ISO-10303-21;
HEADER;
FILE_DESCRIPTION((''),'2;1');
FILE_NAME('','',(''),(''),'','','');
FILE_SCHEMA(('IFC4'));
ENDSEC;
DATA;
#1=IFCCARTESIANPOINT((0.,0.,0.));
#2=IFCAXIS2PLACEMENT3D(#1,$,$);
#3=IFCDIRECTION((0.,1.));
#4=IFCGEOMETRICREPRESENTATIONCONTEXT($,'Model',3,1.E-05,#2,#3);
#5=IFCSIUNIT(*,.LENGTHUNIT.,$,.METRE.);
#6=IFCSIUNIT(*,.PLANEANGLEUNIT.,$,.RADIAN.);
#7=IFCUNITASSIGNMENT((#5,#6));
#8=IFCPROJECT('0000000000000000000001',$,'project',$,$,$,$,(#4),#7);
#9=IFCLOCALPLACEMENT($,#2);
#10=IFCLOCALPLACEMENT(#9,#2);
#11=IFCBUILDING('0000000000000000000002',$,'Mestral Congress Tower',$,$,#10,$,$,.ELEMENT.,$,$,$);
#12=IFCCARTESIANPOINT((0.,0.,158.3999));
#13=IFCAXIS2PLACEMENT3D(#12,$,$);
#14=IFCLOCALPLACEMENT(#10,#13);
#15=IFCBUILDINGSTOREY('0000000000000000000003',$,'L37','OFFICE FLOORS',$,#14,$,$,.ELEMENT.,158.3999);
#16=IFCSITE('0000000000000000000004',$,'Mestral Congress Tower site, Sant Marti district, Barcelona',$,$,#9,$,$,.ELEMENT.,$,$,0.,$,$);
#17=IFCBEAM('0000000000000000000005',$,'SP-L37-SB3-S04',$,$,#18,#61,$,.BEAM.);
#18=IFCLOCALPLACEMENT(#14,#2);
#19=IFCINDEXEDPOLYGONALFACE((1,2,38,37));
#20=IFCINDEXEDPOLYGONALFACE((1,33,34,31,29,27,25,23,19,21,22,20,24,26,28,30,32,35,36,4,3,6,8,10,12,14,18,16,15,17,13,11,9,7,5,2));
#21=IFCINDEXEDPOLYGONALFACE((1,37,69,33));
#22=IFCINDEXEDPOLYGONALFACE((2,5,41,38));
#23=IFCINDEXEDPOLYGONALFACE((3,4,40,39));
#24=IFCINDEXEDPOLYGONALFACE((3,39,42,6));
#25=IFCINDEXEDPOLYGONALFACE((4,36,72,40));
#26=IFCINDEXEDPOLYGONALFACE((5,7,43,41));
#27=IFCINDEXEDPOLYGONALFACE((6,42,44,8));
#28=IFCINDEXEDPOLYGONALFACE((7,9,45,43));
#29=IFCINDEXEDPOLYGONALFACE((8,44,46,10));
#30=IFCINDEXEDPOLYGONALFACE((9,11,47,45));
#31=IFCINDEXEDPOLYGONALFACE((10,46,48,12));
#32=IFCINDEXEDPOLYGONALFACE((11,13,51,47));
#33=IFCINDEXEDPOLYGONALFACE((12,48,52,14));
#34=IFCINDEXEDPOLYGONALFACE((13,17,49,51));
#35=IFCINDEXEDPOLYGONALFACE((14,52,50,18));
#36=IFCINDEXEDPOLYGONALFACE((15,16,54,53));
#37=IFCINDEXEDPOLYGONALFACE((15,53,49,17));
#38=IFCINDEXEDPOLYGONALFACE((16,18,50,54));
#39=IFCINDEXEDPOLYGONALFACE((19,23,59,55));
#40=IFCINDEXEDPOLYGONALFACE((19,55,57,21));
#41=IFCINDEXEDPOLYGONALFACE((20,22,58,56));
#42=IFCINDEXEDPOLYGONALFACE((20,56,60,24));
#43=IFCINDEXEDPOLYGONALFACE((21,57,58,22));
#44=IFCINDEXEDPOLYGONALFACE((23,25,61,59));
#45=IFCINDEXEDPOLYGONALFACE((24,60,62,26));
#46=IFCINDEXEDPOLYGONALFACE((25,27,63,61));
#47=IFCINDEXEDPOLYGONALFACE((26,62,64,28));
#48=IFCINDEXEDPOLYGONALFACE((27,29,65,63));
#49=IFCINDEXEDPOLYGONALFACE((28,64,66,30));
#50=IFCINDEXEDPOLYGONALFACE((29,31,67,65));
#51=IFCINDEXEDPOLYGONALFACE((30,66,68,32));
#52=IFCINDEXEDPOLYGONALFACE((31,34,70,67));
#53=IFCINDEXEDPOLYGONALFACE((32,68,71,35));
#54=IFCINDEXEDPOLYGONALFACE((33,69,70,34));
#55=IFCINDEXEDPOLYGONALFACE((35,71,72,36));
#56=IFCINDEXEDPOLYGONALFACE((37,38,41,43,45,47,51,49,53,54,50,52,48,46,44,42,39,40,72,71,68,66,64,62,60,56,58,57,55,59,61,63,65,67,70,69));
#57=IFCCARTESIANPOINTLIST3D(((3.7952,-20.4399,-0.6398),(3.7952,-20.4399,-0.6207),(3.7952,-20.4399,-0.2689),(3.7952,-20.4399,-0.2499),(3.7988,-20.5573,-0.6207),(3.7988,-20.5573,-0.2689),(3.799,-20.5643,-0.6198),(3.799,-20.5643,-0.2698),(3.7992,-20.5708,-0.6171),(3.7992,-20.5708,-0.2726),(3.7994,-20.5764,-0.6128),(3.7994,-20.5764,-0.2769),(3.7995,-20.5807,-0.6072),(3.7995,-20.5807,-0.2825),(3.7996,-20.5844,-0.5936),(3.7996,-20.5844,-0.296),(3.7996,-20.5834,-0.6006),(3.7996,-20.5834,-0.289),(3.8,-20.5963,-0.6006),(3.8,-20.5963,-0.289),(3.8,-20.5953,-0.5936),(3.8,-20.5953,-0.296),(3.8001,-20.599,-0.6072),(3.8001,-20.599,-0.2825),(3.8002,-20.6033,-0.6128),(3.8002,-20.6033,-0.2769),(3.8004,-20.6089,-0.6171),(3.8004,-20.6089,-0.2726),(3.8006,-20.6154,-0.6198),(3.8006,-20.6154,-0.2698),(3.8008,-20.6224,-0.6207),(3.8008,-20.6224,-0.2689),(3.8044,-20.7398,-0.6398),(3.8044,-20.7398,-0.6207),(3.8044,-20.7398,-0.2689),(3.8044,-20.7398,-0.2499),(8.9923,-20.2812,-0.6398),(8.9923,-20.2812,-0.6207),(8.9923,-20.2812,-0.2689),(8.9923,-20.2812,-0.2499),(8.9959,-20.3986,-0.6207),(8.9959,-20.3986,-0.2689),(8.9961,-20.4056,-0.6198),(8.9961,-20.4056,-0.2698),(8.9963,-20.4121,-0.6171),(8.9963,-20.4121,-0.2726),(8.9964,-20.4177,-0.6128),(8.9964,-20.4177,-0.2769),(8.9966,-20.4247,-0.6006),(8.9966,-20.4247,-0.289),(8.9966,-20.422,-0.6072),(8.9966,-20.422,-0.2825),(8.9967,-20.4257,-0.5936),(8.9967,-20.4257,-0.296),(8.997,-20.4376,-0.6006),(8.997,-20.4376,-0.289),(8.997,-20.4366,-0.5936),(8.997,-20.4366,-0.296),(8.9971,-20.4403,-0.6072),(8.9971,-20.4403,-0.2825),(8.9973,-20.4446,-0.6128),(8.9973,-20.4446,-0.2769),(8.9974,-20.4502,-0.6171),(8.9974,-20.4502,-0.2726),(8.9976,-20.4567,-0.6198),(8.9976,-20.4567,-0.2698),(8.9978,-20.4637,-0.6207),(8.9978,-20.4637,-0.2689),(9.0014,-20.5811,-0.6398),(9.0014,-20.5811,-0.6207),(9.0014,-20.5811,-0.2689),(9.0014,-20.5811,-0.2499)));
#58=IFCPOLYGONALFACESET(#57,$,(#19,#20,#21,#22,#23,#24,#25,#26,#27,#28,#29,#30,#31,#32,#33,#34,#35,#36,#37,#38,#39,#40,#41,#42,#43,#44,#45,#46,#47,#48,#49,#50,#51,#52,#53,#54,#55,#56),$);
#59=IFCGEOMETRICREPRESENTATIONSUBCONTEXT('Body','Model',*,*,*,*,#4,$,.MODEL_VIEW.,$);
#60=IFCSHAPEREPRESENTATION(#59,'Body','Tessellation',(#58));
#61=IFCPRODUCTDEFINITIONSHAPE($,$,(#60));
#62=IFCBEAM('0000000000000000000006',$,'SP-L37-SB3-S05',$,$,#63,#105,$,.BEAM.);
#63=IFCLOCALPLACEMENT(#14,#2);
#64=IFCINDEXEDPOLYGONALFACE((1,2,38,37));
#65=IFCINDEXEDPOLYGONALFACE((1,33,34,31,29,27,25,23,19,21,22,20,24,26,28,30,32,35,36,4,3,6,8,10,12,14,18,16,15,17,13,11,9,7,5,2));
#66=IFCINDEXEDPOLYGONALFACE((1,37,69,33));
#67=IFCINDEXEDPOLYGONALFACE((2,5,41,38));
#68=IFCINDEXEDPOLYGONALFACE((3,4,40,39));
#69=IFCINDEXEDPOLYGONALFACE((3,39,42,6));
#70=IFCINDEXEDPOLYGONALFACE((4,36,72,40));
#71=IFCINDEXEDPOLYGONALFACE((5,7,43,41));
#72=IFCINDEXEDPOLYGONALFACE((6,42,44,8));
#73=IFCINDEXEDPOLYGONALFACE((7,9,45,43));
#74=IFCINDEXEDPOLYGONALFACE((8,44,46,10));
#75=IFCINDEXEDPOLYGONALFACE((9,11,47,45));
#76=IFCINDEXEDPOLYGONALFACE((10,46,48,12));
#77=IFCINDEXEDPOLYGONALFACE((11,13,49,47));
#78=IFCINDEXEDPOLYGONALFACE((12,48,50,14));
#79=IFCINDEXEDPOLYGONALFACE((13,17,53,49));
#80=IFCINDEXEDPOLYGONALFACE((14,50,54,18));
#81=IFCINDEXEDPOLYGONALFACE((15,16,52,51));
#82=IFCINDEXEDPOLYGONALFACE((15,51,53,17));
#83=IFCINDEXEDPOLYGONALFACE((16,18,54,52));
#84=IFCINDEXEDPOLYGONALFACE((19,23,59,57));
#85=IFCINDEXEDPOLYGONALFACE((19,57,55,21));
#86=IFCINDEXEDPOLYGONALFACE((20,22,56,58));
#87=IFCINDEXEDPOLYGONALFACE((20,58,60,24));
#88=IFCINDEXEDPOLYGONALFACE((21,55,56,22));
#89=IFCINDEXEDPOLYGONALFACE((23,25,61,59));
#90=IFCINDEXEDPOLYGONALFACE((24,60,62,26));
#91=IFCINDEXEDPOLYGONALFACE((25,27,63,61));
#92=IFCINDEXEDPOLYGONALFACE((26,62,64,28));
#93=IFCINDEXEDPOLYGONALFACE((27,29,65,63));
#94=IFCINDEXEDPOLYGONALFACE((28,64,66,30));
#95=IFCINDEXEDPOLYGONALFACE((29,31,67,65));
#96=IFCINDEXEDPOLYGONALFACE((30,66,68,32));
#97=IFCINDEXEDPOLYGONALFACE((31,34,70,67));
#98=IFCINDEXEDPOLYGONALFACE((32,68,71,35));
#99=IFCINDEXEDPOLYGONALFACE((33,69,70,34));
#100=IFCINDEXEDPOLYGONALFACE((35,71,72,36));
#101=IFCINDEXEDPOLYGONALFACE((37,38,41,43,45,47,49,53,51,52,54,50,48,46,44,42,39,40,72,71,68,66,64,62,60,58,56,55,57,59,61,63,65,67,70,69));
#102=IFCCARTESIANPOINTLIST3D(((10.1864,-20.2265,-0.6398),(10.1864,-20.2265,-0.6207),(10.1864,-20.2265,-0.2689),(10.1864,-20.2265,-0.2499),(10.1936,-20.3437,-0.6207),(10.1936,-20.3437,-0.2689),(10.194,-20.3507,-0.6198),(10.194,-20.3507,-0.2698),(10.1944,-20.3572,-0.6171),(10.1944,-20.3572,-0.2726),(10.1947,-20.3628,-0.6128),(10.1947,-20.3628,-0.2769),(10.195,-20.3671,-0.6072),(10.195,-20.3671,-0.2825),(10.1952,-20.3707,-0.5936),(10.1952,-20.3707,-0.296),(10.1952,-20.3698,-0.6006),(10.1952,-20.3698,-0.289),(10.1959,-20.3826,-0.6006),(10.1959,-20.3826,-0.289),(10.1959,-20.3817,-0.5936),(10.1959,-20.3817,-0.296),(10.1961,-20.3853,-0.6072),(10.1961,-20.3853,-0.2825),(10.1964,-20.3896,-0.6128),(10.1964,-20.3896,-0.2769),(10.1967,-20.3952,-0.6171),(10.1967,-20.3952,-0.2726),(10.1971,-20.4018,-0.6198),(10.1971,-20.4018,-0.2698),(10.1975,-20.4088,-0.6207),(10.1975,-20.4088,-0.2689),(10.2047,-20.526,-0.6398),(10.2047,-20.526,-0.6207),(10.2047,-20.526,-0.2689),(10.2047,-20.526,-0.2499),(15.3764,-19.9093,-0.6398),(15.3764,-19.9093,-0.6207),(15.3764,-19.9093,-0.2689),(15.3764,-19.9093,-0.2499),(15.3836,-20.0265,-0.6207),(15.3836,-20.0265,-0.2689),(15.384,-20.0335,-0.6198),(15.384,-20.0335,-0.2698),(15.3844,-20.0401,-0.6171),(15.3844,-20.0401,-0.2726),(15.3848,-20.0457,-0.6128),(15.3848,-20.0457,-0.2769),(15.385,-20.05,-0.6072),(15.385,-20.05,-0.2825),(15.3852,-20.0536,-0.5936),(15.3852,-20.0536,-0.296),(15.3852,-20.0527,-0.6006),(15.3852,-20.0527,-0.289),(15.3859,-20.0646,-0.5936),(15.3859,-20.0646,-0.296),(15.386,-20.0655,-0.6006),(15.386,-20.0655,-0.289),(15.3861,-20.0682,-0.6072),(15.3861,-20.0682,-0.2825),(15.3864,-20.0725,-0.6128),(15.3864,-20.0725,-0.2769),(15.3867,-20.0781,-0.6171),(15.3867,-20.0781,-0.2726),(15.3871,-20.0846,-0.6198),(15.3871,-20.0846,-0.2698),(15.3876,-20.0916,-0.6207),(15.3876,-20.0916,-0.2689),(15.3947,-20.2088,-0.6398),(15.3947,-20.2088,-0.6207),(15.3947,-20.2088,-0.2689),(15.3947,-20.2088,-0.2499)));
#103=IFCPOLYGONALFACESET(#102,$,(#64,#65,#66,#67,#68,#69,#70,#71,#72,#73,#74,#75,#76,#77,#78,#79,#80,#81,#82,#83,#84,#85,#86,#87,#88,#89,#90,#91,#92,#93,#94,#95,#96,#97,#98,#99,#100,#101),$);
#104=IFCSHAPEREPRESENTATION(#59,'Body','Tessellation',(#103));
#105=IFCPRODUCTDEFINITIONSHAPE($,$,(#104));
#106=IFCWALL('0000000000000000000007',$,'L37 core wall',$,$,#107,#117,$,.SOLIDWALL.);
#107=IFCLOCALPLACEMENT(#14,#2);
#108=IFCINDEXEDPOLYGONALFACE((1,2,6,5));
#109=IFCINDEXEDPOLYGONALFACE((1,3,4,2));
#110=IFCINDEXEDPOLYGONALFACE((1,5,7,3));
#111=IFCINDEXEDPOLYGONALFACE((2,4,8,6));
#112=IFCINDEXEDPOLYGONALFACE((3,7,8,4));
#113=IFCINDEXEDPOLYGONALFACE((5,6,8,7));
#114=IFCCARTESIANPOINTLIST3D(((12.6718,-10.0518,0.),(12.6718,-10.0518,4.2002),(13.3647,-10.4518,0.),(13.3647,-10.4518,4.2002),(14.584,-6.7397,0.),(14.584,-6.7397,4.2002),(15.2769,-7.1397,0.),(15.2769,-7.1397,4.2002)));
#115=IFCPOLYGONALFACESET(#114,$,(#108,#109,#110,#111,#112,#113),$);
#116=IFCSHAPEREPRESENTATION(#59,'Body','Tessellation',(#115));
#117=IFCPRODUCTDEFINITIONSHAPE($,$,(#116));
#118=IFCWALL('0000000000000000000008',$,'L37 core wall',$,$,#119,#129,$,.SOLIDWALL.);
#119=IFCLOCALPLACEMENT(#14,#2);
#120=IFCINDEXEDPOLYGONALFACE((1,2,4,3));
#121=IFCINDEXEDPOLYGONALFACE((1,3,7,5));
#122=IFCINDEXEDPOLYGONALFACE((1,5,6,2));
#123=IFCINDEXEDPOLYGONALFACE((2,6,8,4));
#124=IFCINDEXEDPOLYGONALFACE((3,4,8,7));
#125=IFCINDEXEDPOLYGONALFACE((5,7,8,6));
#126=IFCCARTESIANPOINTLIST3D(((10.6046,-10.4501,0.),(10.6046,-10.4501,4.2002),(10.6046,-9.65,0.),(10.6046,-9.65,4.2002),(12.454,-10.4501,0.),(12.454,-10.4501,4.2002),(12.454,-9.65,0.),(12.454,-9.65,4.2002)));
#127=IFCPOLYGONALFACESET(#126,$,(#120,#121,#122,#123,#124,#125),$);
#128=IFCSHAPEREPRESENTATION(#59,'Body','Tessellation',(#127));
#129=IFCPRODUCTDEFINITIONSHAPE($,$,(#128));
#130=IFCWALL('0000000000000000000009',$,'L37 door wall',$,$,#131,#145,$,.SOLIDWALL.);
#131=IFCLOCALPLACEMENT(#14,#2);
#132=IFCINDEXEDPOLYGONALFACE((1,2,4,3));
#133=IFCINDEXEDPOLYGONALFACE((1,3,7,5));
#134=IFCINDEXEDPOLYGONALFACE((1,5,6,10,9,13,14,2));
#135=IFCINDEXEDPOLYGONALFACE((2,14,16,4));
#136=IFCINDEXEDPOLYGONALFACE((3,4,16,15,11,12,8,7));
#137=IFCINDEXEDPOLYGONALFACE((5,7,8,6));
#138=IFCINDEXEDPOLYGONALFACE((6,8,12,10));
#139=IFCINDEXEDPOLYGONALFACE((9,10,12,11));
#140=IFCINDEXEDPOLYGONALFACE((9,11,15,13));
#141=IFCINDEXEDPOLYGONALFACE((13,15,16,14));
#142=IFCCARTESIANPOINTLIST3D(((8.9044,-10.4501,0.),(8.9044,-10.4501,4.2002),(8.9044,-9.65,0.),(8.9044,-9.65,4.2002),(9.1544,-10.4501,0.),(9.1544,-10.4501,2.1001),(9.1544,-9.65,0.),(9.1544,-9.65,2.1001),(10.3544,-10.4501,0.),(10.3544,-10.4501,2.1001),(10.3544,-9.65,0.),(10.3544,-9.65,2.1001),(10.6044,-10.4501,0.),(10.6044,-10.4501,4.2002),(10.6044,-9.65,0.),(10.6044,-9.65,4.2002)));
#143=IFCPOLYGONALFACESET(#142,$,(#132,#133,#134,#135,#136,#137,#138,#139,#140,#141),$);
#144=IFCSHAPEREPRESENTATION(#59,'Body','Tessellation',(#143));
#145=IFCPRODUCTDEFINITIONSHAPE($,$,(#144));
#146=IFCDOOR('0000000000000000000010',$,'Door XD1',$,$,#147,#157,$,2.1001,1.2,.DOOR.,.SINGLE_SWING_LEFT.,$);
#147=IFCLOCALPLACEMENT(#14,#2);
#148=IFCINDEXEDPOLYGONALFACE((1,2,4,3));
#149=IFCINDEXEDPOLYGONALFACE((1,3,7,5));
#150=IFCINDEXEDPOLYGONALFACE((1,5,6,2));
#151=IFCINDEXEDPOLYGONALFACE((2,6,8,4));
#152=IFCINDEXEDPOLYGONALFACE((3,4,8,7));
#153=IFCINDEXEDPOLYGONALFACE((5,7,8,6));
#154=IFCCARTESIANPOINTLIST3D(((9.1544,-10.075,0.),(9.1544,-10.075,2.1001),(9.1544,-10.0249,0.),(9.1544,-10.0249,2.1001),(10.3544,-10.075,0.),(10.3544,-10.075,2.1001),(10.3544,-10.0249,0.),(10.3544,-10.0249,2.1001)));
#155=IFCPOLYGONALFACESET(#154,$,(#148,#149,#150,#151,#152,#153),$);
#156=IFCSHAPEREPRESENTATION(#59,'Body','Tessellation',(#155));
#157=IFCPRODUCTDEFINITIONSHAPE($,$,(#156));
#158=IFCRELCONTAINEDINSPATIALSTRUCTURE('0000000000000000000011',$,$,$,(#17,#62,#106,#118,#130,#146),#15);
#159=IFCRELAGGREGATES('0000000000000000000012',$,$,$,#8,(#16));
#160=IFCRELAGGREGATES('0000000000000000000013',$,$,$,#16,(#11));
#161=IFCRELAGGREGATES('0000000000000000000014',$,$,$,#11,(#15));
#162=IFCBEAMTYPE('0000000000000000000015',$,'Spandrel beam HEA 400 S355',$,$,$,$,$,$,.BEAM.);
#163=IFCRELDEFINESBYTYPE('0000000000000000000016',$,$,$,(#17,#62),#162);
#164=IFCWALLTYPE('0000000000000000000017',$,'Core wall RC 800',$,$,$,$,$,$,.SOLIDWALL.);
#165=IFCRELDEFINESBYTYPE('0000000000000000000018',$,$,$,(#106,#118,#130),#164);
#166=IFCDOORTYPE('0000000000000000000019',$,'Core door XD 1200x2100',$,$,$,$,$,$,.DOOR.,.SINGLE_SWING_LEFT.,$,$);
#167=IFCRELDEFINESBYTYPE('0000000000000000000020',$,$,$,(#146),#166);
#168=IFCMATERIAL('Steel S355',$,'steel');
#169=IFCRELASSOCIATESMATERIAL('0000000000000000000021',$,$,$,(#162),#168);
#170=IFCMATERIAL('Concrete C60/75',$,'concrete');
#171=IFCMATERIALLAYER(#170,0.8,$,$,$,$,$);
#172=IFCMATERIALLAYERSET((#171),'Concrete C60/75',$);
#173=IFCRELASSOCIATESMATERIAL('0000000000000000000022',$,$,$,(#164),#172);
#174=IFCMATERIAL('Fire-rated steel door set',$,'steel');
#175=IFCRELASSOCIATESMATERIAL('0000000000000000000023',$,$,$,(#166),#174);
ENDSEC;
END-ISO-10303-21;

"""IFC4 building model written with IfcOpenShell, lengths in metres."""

from ifc_helpers import new_model, si_unit, direction, frame, frame_2d, origin, origin_2d, place, context, subcontext, project, spatial, rectangle, i_section, extrude, material, layer, layer_set, material_profile, profile_set, type_object, element, fill, save


model = new_model("IFC4")

# Units and contexts
model_context = context("Model", 3, precision=1e-05, world=origin(), true_north=direction((0.0, 1.0)))
body_context = subcontext(model_context, "Body", "Model", "MODEL_VIEW")
ifc_project = project(units=[si_unit("LENGTHUNIT", "METRE"), si_unit("PLANEANGLEUNIT", "RADIAN")], contexts=[model_context])

# Site, building, storey
site_placement = place(None, origin())
site = spatial("IfcSite", under=ifc_project, at=site_placement, Name="Mestral Congress Tower site, Sant Marti district, Barcelona", CompositionType="ELEMENT", RefElevation=0.0)
building_placement = place(site_placement, origin())
building = spatial("IfcBuilding", under=site, at=building_placement, Name="Mestral Congress Tower", CompositionType="ELEMENT")
storey_placement = place(building_placement, frame((0.0, 0.0, 158.3999)))
storey = spatial("IfcBuildingStorey", under=building, at=storey_placement, Name="L37", Description="OFFICE FLOORS", CompositionType="ELEMENT", Elevation=158.3999)

# Shared definitions
ifc_material_1 = material(Name="Concrete C60/75", Category="concrete")

# Beams
ifc_material_2 = material(Name="Steel S355", Category="steel")
ifc_material_profile_1 = material_profile(ifc_material_2, i_section(OverallWidth=0.3, OverallDepth=0.3899, WebThickness=0.011, FlangeThickness=0.019, FilletRadius=0.0271, at=origin_2d()), Name="HEA 400")
ifc_profile_set_1 = profile_set([ifc_material_profile_1], Name="Steel S355")
beam_type_1 = type_object("IfcBeamType", Name="Spandrel beam HEA 400 S355", PredefinedType="BEAM", material=ifc_profile_set_1)
beam_1_placement = place(storey_placement, frame((3.7998, -20.5898, -0.4448), z_axis=(0.999534, 0.030521, 0.0), x_axis=(-0.030521, 0.999534, 0.0)))
element("IfcBeam", 1, at=beam_1_placement, inside=storey, type_object=beam_type_1, Name="SP-L37-SB3-S04", PredefinedType="BEAM", context=body_context, shape_type="SweptSolid", body=[
    extrude(i_section(OverallWidth=0.3, OverallDepth=0.3899, WebThickness=0.011, FlangeThickness=0.019, FilletRadius=0.0271, at=origin_2d()), origin(), (0.0, 0.0, 1.0), 5.1995),
])
beam_2_placement = place(storey_placement, frame((10.1956, -20.3762, -0.4448), z_axis=(0.998138, 0.060993, 0.0), x_axis=(-0.060993, 0.998138, 0.0)))
element("IfcBeam", 2, at=beam_2_placement, inside=storey, type_object=beam_type_1, Name="SP-L37-SB3-S05", PredefinedType="BEAM", context=body_context, shape_type="SweptSolid", body=[
    extrude(i_section(OverallWidth=0.3, OverallDepth=0.3899, WebThickness=0.011, FlangeThickness=0.019, FilletRadius=0.0271, at=origin_2d()), origin(), (0.0, 0.0, 1.0), 5.1997),
])

# Walls
ifc_layer_1 = layer(ifc_material_1, 0.8)
ifc_layer_set_1 = layer_set([ifc_layer_1], Name="Concrete C60/75")
wall_type_1 = type_object("IfcWallType", Name="Core wall RC 800", PredefinedType="SOLIDWALL", material=ifc_layer_set_1)
wall_1_placement = place(storey_placement, frame((13.0183, -10.2517, 0.0), z_axis=(0.0, 0.0, 1.0), x_axis=(0.499984, 0.866035, 0.0)))
element("IfcWall", 3, at=wall_1_placement, inside=storey, type_object=wall_type_1, Name="L37 core wall", PredefinedType="SOLIDWALL", context=body_context, shape_type="SweptSolid", body=[
    extrude(rectangle(XDim=3.8245, YDim=0.8, at=frame_2d((1.9121, 0.0))), origin(), (0.0, 0.0, 1.0), 4.2002),
])
wall_2_placement = place(storey_placement, frame((10.6045, -10.05, 0.0), z_axis=(0.0, 0.0, 1.0), x_axis=(1.0, 0.0, 0.0)))
element("IfcWall", 4, at=wall_2_placement, inside=storey, type_object=wall_type_1, Name="L37 core wall", PredefinedType="SOLIDWALL", context=body_context, shape_type="SweptSolid", body=[
    extrude(rectangle(XDim=1.8494, YDim=0.8, at=frame_2d((0.9248, 0.0))), origin(), (0.0, 0.0, 1.0), 4.2002),
])

# Wall, opening, door
wall_3_placement = place(storey_placement, frame((10.6045, -10.05, 0.0), z_axis=(0.0, 0.0, 1.0), x_axis=(-1.0, 0.0, 0.0)))
wall_3 = element("IfcWall", 5, at=wall_3_placement, inside=storey, type_object=wall_type_1, Name="L37 door wall", PredefinedType="SOLIDWALL", context=body_context, shape_type="SweptSolid", body=[
    extrude(rectangle(XDim=1.7, YDim=0.8, at=frame_2d((0.8501, 0.0))), origin(), (0.0, 0.0, 1.0), 4.2002),
])
opening_1_placement = place(wall_3_placement, frame((0.25, 0.0, 0.0)))
opening_1 = element("IfcOpeningElement", 6, at=opening_1_placement, cuts=wall_3, PredefinedType="OPENING", context=body_context, shape_type="SweptSolid", body=[
    extrude(rectangle(XDim=1.2, YDim=2.1001, at=frame_2d((0.6001, 1.05))), frame((0.0, 0.4099, 0.0), z_axis=(0.0, -1.0, 0.0), x_axis=(1.0, 0.0, 0.0)), (0.0, 0.0, 1.0), 0.8201),
])
ifc_material_3 = material(Name="Fire-rated steel door set", Category="steel")
door_type_1 = type_object("IfcDoorType", Name="Core door XD 1200x2100", OperationType="SINGLE_SWING_LEFT", PredefinedType="DOOR", material=ifc_material_3)
door_1_placement = place(opening_1_placement, origin())
door_1 = element("IfcDoor", 7, at=door_1_placement, inside=storey, type_object=door_type_1, Name="Door XD1", OperationType="SINGLE_SWING_LEFT", OverallHeight=2.1001, OverallWidth=1.2, PredefinedType="DOOR", context=body_context, shape_type="SweptSolid", body=[
    extrude(rectangle(XDim=1.2, YDim=2.1001, at=frame_2d((0.6001, 1.05))), frame((0.0, 0.0249, 0.0), z_axis=(0.0, -1.0, 0.0), x_axis=(1.0, 0.0, 0.0)), (0.0, 0.0, 1.0), 0.05),
])
fill(opening_1, door_1)

save(model, "model.ifc")
